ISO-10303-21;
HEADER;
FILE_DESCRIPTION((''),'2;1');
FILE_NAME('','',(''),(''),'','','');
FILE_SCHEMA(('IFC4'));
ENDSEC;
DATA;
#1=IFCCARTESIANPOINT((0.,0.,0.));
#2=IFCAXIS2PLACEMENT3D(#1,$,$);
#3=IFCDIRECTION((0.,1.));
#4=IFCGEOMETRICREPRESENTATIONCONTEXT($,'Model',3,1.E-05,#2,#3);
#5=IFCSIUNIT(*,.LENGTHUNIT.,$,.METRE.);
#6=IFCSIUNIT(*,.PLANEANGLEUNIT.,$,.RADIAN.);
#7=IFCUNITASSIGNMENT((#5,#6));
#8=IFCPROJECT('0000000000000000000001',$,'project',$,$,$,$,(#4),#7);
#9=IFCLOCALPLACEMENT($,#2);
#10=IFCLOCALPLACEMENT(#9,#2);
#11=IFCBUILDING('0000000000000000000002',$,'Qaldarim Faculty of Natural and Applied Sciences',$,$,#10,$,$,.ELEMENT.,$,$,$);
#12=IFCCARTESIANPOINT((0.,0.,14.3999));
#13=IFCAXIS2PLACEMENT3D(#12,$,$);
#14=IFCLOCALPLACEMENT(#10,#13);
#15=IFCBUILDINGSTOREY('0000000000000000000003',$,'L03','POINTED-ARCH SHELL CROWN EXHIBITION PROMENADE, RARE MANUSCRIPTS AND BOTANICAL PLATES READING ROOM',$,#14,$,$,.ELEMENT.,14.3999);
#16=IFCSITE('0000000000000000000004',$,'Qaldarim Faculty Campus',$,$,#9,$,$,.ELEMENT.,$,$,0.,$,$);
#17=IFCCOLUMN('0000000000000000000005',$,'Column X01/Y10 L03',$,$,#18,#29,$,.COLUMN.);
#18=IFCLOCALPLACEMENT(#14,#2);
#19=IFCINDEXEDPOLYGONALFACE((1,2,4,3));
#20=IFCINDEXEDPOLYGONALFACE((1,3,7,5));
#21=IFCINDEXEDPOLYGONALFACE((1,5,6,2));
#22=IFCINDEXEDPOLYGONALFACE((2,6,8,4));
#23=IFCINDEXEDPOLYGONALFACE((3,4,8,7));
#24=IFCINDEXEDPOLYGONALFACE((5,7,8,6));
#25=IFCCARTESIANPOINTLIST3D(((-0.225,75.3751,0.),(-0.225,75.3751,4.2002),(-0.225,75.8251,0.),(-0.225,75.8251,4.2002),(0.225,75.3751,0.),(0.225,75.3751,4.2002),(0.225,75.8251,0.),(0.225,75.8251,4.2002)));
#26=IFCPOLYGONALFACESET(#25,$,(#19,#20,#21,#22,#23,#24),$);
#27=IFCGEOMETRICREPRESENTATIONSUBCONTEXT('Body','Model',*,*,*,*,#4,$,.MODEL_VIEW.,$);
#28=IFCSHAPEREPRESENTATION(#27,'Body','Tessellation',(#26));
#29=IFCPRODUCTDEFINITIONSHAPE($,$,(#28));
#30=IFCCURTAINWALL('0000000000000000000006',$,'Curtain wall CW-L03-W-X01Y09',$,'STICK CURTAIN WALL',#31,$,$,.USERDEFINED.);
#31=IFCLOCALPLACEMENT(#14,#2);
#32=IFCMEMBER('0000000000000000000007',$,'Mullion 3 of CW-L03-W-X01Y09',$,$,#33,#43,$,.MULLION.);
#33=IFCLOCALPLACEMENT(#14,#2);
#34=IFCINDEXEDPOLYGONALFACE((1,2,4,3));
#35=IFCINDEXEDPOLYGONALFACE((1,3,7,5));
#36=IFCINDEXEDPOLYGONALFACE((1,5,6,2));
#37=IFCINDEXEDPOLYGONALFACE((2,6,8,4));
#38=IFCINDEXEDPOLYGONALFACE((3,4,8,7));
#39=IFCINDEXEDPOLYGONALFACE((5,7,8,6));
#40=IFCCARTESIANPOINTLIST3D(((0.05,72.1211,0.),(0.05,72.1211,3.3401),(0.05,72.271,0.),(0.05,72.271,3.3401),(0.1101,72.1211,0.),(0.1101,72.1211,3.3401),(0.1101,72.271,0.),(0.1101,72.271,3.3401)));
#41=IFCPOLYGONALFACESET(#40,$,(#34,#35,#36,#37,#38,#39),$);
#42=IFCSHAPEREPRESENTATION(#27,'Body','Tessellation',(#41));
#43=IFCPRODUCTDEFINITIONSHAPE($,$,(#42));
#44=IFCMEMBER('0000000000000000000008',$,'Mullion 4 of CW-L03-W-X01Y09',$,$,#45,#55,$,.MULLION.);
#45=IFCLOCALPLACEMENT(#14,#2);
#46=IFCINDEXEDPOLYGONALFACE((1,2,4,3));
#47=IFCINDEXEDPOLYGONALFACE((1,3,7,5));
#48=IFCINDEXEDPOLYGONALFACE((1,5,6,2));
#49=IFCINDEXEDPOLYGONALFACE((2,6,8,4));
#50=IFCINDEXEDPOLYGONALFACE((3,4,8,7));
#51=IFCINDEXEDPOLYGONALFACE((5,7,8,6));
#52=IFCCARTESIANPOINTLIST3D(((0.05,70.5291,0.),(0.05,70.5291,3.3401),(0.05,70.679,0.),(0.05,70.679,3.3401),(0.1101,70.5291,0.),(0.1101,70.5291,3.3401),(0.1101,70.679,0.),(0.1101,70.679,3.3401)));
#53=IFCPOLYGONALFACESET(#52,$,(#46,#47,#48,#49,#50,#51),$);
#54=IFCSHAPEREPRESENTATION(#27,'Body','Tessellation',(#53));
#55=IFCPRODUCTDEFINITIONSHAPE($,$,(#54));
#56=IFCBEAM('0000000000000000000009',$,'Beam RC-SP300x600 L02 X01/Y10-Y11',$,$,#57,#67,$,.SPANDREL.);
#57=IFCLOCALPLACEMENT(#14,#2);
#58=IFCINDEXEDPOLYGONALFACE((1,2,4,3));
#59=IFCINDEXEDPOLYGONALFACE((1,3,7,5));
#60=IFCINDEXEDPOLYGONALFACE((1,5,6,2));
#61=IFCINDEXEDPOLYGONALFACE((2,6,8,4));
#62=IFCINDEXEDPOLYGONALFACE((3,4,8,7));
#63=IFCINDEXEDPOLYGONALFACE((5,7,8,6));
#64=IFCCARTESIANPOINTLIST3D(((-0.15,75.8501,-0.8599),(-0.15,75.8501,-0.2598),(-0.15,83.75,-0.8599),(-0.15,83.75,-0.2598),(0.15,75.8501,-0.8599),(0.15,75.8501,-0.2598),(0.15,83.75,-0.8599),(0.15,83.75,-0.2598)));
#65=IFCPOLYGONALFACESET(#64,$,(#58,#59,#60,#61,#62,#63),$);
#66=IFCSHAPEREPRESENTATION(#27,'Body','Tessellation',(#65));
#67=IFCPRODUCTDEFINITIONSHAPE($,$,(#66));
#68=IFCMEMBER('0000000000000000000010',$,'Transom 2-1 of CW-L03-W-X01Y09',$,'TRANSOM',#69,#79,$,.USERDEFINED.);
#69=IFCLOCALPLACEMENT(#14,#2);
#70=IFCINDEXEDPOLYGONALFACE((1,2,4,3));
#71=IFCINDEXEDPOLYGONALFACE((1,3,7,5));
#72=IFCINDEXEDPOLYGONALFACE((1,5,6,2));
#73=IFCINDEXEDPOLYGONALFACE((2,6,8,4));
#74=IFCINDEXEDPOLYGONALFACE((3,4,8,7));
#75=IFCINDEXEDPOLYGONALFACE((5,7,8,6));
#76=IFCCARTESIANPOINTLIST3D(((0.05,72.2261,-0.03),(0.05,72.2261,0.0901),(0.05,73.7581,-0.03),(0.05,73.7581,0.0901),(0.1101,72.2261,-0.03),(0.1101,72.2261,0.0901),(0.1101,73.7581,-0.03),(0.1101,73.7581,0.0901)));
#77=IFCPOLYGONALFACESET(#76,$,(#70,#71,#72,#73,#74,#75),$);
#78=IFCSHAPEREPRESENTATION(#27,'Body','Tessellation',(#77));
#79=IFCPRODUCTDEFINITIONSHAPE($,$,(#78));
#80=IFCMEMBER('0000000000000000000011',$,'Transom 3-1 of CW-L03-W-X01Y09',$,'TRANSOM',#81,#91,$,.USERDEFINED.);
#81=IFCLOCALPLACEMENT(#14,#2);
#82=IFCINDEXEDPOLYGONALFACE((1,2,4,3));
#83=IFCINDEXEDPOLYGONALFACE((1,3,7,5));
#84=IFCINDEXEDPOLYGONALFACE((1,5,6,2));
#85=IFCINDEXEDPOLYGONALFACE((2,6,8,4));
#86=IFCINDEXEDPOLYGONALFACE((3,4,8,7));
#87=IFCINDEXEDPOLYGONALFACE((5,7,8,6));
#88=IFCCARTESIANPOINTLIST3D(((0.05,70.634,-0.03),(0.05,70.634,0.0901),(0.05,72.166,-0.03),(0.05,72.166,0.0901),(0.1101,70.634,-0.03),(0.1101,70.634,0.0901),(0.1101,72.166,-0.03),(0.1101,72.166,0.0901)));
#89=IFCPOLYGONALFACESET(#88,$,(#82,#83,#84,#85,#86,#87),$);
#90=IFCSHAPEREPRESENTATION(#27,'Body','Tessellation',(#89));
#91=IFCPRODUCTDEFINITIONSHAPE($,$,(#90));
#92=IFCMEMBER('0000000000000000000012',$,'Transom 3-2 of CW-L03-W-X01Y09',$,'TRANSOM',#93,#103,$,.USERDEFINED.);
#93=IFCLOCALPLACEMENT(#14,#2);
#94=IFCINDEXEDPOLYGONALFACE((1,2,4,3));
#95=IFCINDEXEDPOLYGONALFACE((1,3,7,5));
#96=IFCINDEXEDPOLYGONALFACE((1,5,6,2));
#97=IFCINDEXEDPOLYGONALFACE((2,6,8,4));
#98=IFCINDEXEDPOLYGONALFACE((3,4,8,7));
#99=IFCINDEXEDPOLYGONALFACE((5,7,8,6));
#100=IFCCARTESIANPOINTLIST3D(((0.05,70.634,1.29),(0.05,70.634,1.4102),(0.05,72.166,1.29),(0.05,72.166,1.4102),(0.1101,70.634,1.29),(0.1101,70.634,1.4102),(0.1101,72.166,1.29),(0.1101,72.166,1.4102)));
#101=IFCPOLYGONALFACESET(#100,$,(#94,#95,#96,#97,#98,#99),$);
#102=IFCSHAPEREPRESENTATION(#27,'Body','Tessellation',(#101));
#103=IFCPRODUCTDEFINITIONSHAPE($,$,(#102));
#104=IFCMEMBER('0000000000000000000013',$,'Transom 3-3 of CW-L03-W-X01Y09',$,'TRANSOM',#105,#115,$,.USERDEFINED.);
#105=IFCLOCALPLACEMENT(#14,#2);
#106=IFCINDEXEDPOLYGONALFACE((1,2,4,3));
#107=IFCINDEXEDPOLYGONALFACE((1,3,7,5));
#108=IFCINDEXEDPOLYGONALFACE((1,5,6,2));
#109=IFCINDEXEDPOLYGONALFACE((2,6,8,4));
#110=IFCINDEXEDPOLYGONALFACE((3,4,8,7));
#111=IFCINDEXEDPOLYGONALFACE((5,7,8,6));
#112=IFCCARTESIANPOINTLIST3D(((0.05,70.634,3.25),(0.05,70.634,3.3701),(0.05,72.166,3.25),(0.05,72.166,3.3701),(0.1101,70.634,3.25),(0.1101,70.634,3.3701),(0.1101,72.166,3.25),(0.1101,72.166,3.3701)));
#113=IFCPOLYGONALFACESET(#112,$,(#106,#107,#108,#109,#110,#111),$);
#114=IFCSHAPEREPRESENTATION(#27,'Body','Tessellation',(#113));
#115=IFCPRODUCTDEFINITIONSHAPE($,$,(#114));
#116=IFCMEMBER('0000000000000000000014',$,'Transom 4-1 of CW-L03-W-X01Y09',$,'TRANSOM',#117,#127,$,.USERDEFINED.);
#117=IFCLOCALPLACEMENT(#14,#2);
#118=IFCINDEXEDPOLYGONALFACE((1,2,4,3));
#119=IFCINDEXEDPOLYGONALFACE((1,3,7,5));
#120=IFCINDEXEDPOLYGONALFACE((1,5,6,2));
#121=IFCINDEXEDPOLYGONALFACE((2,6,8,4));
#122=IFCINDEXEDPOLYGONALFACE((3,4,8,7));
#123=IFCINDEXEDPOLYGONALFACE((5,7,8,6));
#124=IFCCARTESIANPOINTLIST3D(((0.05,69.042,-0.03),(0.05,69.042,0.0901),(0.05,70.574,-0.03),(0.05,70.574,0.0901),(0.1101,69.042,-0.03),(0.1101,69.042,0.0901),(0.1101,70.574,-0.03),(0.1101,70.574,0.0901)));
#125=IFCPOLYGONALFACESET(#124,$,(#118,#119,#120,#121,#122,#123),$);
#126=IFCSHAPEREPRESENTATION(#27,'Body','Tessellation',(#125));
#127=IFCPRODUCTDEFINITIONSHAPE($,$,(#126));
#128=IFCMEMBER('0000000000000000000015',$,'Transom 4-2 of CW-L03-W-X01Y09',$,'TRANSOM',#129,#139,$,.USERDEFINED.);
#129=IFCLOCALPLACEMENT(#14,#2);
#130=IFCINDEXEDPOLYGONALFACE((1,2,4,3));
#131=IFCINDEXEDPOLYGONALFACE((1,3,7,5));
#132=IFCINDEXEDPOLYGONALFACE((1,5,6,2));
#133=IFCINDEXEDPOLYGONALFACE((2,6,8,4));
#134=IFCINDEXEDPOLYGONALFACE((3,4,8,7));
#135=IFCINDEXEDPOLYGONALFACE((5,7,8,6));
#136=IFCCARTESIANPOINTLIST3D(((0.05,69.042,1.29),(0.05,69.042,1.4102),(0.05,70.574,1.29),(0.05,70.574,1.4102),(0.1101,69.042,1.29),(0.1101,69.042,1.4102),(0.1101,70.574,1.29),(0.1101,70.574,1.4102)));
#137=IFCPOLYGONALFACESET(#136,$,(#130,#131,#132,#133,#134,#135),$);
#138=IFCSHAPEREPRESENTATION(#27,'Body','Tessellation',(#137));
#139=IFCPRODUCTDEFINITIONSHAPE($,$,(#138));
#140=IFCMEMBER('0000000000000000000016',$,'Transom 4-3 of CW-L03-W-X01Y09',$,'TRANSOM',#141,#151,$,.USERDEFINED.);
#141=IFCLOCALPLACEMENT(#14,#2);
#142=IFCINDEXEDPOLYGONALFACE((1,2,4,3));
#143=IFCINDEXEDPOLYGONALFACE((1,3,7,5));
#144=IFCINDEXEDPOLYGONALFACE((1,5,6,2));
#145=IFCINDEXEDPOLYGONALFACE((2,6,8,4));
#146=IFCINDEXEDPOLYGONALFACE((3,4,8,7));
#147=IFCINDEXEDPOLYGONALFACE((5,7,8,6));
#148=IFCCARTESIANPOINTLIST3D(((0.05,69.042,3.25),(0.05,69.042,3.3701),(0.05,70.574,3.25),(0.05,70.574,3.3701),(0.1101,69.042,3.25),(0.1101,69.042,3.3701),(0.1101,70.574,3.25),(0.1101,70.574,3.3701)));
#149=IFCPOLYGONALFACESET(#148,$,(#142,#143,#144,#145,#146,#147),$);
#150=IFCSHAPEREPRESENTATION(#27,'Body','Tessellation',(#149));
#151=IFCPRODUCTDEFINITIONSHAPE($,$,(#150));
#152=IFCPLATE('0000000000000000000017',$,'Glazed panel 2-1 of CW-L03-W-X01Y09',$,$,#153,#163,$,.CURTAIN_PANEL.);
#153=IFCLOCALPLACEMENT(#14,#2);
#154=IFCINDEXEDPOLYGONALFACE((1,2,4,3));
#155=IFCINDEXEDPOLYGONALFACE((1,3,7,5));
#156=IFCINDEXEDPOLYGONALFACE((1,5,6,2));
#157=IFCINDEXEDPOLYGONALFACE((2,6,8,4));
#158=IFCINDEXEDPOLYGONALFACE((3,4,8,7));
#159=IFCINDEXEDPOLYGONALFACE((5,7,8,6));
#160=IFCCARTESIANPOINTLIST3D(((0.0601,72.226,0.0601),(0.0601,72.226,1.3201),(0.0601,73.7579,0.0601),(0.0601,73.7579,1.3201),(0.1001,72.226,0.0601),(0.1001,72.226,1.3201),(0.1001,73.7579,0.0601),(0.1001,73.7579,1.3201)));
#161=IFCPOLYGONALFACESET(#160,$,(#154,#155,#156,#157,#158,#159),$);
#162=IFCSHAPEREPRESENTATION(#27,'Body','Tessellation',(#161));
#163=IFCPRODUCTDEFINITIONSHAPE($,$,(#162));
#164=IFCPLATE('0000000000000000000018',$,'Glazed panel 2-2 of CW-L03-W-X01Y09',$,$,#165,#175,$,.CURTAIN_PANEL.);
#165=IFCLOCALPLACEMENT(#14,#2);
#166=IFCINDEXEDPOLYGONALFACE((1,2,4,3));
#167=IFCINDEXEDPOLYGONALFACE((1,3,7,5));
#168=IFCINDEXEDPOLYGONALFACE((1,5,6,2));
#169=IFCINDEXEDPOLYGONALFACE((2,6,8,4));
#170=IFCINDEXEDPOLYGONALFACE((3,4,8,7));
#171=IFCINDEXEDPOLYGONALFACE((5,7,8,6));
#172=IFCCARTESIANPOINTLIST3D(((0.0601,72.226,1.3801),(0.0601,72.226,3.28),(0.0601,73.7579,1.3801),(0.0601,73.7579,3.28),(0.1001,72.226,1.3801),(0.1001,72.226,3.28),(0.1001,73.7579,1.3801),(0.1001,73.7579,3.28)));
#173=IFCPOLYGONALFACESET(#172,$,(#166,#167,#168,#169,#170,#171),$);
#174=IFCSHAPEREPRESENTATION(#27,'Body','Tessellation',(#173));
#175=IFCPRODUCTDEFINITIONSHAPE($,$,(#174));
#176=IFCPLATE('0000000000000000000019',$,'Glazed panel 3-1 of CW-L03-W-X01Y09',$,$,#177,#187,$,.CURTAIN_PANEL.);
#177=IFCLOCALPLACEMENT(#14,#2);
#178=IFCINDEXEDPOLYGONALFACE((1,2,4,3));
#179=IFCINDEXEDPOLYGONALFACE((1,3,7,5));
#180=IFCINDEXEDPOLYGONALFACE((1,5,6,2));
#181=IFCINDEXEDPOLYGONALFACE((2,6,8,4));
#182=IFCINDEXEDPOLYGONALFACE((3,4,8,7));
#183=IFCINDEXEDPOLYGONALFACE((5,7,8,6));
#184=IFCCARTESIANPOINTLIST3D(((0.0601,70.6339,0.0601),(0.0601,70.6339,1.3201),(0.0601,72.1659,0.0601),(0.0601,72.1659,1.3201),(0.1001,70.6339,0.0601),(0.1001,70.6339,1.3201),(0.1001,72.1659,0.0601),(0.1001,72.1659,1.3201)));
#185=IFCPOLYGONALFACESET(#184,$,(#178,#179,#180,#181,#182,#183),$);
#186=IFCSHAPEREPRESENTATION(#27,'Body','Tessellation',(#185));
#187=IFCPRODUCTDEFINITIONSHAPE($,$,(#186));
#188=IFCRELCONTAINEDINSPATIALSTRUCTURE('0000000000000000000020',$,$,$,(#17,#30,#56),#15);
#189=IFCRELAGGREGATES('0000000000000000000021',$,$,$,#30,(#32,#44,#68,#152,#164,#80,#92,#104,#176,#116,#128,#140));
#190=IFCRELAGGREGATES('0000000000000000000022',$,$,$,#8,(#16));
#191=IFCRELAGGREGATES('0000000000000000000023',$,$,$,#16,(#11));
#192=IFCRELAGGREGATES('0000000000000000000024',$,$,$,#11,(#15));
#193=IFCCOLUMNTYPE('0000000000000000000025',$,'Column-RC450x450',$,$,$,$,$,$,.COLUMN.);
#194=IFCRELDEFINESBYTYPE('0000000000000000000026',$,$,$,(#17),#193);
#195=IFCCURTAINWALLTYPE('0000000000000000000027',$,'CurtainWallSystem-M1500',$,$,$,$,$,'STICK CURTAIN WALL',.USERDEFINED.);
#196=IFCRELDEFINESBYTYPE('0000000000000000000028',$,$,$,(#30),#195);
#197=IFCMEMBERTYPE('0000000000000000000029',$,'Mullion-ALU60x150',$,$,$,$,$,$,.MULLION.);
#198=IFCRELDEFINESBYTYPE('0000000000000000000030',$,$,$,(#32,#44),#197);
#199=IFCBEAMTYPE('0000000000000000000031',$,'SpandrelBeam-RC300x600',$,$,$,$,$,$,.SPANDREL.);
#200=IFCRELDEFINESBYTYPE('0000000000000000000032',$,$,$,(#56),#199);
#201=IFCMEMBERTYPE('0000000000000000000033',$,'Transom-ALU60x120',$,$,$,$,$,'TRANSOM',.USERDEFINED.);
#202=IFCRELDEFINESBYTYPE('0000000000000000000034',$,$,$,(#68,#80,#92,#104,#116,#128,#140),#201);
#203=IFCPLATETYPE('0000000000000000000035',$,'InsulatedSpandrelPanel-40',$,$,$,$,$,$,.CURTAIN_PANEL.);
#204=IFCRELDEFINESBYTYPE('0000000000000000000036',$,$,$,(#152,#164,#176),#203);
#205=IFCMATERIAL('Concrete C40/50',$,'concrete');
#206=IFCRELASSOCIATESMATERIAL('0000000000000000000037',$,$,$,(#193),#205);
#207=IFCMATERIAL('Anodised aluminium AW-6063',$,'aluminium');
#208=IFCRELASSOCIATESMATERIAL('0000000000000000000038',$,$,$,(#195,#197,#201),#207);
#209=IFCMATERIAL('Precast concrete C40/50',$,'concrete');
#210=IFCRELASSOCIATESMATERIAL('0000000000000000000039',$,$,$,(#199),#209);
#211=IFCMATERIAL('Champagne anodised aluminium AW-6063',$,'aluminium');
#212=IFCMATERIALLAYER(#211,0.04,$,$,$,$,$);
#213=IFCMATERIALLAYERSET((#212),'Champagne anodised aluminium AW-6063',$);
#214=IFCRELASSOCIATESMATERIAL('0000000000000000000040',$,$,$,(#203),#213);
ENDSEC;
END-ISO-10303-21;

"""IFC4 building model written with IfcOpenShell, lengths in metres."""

from ifc_helpers import new_model, si_unit, direction, frame, origin, origin_2d, place, context, subcontext, project, spatial, rectangle, extrude, material, layer, layer_set, material_profile, profile_set, type_object, element, aggregate, save


model = new_model("IFC4")

# Units and contexts
model_context = context("Model", 3, precision=1e-05, world=origin(), true_north=direction((0.0, 1.0)))
body_context = subcontext(model_context, "Body", "Model", "MODEL_VIEW")
ifc_project = project(units=[si_unit("LENGTHUNIT", "METRE"), si_unit("PLANEANGLEUNIT", "RADIAN")], contexts=[model_context])

# Site, building, storey
site_placement = place(None, origin())
site = spatial("IfcSite", under=ifc_project, at=site_placement, Name="Qaldarim Faculty Campus", CompositionType="ELEMENT", RefElevation=0.0)
building_placement = place(site_placement, origin())
building = spatial("IfcBuilding", under=site, at=building_placement, Name="Qaldarim Faculty of Natural and Applied Sciences", CompositionType="ELEMENT")
storey_placement = place(building_placement, frame((0.0, 0.0, 14.3999)))
storey = spatial("IfcBuildingStorey", under=building, at=storey_placement, Name="L03", Description="POINTED-ARCH SHELL CROWN EXHIBITION PROMENADE, RARE MANUSCRIPTS AND BOTANICAL PLATES READING ROOM", CompositionType="ELEMENT", Elevation=14.3999)

# Column
ifc_material_1 = material(Name="Concrete C40/50", Category="concrete")
ifc_material_profile_1 = material_profile(ifc_material_1, rectangle(XDim=0.45, YDim=0.45, at=origin_2d()), Name="RC-C450x450")
ifc_profile_set_1 = profile_set([ifc_material_profile_1], Name="Concrete C40/50")
column_type = type_object("IfcColumnType", Name="Column-RC450x450", PredefinedType="COLUMN", material=ifc_profile_set_1)
column_placement = place(storey_placement, frame((0.0, 75.6001, 0.0), z_axis=(0.0, 0.0, 1.0), x_axis=(1.0, 0.0, 0.0)))
element("IfcColumn", 1, at=column_placement, inside=storey, type_object=column_type, Name="Column X01/Y10 L03", PredefinedType="COLUMN", context=body_context, shape_type="SweptSolid", body=[
    extrude(rectangle(XDim=0.45, YDim=0.45, at=origin_2d()), origin(), (0.0, 0.0, 1.0), 4.2002),
])

# Curtain wall, members
ifc_material_2 = material(Name="Anodised aluminium AW-6063", Category="aluminium")
curtain_wall_type = type_object("IfcCurtainWallType", Name="CurtainWallSystem-M1500", ElementType="STICK CURTAIN WALL", PredefinedType="USERDEFINED", material=ifc_material_2)
curtain_wall_placement = place(storey_placement, origin())
curtain_wall = element("IfcCurtainWall", 2, at=curtain_wall_placement, inside=storey, type_object=curtain_wall_type, Name="Curtain wall CW-L03-W-X01Y09", ObjectType="STICK CURTAIN WALL", PredefinedType="USERDEFINED")
ifc_material_profile_2 = material_profile(ifc_material_2, rectangle(XDim=0.0601, YDim=0.1499, at=origin_2d()), Name="ALU-M60x150")
ifc_profile_set_2 = profile_set([ifc_material_profile_2], Name="Anodised aluminium AW-6063")
member_type_1 = type_object("IfcMemberType", Name="Mullion-ALU60x150", PredefinedType="MULLION", material=ifc_profile_set_2)
member_1_placement = place(storey_placement, frame((0.0801, 72.196, 0.0), z_axis=(0.0, 0.0, 1.0), x_axis=(1.0, 0.0, 0.0)))
member_1 = element("IfcMember", 3, at=member_1_placement, type_object=member_type_1, Name="Mullion 3 of CW-L03-W-X01Y09", PredefinedType="MULLION", context=body_context, shape_type="SweptSolid", body=[
    extrude(rectangle(XDim=0.0601, YDim=0.1499, at=origin_2d()), origin(), (0.0, 0.0, 1.0), 3.3401),
])
member_2_placement = place(storey_placement, frame((0.0801, 70.604, 0.0), z_axis=(0.0, 0.0, 1.0), x_axis=(1.0, 0.0, 0.0)))
member_2 = element("IfcMember", 4, at=member_2_placement, type_object=member_type_1, Name="Mullion 4 of CW-L03-W-X01Y09", PredefinedType="MULLION", context=body_context, shape_type="SweptSolid", body=[
    extrude(rectangle(XDim=0.0601, YDim=0.1499, at=origin_2d()), origin(), (0.0, 0.0, 1.0), 3.3401),
])

# Beam
ifc_material_3 = material(Name="Precast concrete C40/50", Category="concrete")
ifc_material_profile_3 = material_profile(ifc_material_3, rectangle(XDim=0.3, YDim=0.6001, at=origin_2d()), Name="RC-SP300x600")
ifc_profile_set_3 = profile_set([ifc_material_profile_3], Name="Precast concrete C40/50")
beam_type = type_object("IfcBeamType", Name="SpandrelBeam-RC300x600", PredefinedType="SPANDREL", material=ifc_profile_set_3)
beam_placement = place(storey_placement, frame((0.0, 75.8501, -0.5598), z_axis=(0.0, 1.0, 0.0), x_axis=(-1.0, 0.0, 0.0)))
element("IfcBeam", 5, at=beam_placement, inside=storey, type_object=beam_type, Name="Beam RC-SP300x600 L02 X01/Y10-Y11", PredefinedType="SPANDREL", context=body_context, shape_type="SweptSolid", body=[
    extrude(rectangle(XDim=0.3, YDim=0.6001, at=origin_2d()), origin(), (0.0, 0.0, 1.0), 7.8999),
])

# Members
ifc_material_profile_4 = material_profile(ifc_material_2, rectangle(XDim=0.0601, YDim=0.1201, at=origin_2d()), Name="ALU-T60x120")
ifc_profile_set_4 = profile_set([ifc_material_profile_4], Name="Anodised aluminium AW-6063")
member_type_2 = type_object("IfcMemberType", Name="Transom-ALU60x120", ElementType="TRANSOM", PredefinedType="USERDEFINED", material=ifc_profile_set_4)
member_3_placement = place(storey_placement, frame((0.0801, 73.7581, 0.03), z_axis=(0.0, -1.0, 0.0), x_axis=(1.0, 0.0, 0.0)))
member_3 = element("IfcMember", 6, at=member_3_placement, type_object=member_type_2, Name="Transom 2-1 of CW-L03-W-X01Y09", ObjectType="TRANSOM", PredefinedType="USERDEFINED", context=body_context, shape_type="SweptSolid", body=[
    extrude(rectangle(XDim=0.0601, YDim=0.1201, at=origin_2d()), origin(), (0.0, 0.0, 1.0), 1.532),
])
member_4_placement = place(storey_placement, frame((0.0801, 72.166, 0.03), z_axis=(0.0, -1.0, 0.0), x_axis=(1.0, 0.0, 0.0)))
member_4 = element("IfcMember", 7, at=member_4_placement, type_object=member_type_2, Name="Transom 3-1 of CW-L03-W-X01Y09", ObjectType="TRANSOM", PredefinedType="USERDEFINED", context=body_context, shape_type="SweptSolid", body=[
    extrude(rectangle(XDim=0.0601, YDim=0.1201, at=origin_2d()), origin(), (0.0, 0.0, 1.0), 1.532),
])
member_5_placement = place(storey_placement, frame((0.0801, 72.166, 1.3501), z_axis=(0.0, -1.0, 0.0), x_axis=(1.0, 0.0, 0.0)))
member_5 = element("IfcMember", 8, at=member_5_placement, type_object=member_type_2, Name="Transom 3-2 of CW-L03-W-X01Y09", ObjectType="TRANSOM", PredefinedType="USERDEFINED", context=body_context, shape_type="SweptSolid", body=[
    extrude(rectangle(XDim=0.0601, YDim=0.1201, at=origin_2d()), origin(), (0.0, 0.0, 1.0), 1.532),
])
member_6_placement = place(storey_placement, frame((0.0801, 72.166, 3.3101), z_axis=(0.0, -1.0, 0.0), x_axis=(1.0, 0.0, 0.0)))
member_6 = element("IfcMember", 9, at=member_6_placement, type_object=member_type_2, Name="Transom 3-3 of CW-L03-W-X01Y09", ObjectType="TRANSOM", PredefinedType="USERDEFINED", context=body_context, shape_type="SweptSolid", body=[
    extrude(rectangle(XDim=0.0601, YDim=0.1201, at=origin_2d()), origin(), (0.0, 0.0, 1.0), 1.532),
])
member_7_placement = place(storey_placement, frame((0.0801, 70.574, 0.03), z_axis=(0.0, -1.0, 0.0), x_axis=(1.0, 0.0, 0.0)))
member_7 = element("IfcMember", 10, at=member_7_placement, type_object=member_type_2, Name="Transom 4-1 of CW-L03-W-X01Y09", ObjectType="TRANSOM", PredefinedType="USERDEFINED", context=body_context, shape_type="SweptSolid", body=[
    extrude(rectangle(XDim=0.0601, YDim=0.1201, at=origin_2d()), origin(), (0.0, 0.0, 1.0), 1.532),
])
member_8_placement = place(storey_placement, frame((0.0801, 70.574, 1.3501), z_axis=(0.0, -1.0, 0.0), x_axis=(1.0, 0.0, 0.0)))
member_8 = element("IfcMember", 11, at=member_8_placement, type_object=member_type_2, Name="Transom 4-2 of CW-L03-W-X01Y09", ObjectType="TRANSOM", PredefinedType="USERDEFINED", context=body_context, shape_type="SweptSolid", body=[
    extrude(rectangle(XDim=0.0601, YDim=0.1201, at=origin_2d()), origin(), (0.0, 0.0, 1.0), 1.532),
])
member_9_placement = place(storey_placement, frame((0.0801, 70.574, 3.3101), z_axis=(0.0, -1.0, 0.0), x_axis=(1.0, 0.0, 0.0)))
member_9 = element("IfcMember", 12, at=member_9_placement, type_object=member_type_2, Name="Transom 4-3 of CW-L03-W-X01Y09", ObjectType="TRANSOM", PredefinedType="USERDEFINED", context=body_context, shape_type="SweptSolid", body=[
    extrude(rectangle(XDim=0.0601, YDim=0.1201, at=origin_2d()), origin(), (0.0, 0.0, 1.0), 1.532),
])

# Plates
ifc_material_4 = material(Name="Champagne anodised aluminium AW-6063", Category="aluminium")
ifc_layer_1 = layer(ifc_material_4, 0.04)
ifc_layer_set_1 = layer_set([ifc_layer_1], Name="Champagne anodised aluminium AW-6063")
plate_type = type_object("IfcPlateType", Name="InsulatedSpandrelPanel-40", PredefinedType="CURTAIN_PANEL", material=ifc_layer_set_1)
plate_1_placement = place(storey_placement, frame((0.0801, 72.9919, 0.0601), z_axis=(0.0, 0.0, 1.0), x_axis=(0.0, -1.0, 0.0)))
plate_1 = element("IfcPlate", 13, at=plate_1_placement, type_object=plate_type, Name="Glazed panel 2-1 of CW-L03-W-X01Y09", PredefinedType="CURTAIN_PANEL", context=body_context, shape_type="SweptSolid", body=[
    extrude(rectangle(XDim=1.532, YDim=0.04, at=origin_2d()), origin(), (0.0, 0.0, 1.0), 1.26),
])
plate_2_placement = place(storey_placement, frame((0.0801, 72.9919, 1.3801), z_axis=(0.0, 0.0, 1.0), x_axis=(0.0, -1.0, 0.0)))
plate_2 = element("IfcPlate", 14, at=plate_2_placement, type_object=plate_type, Name="Glazed panel 2-2 of CW-L03-W-X01Y09", PredefinedType="CURTAIN_PANEL", context=body_context, shape_type="SweptSolid", body=[
    extrude(rectangle(XDim=1.532, YDim=0.04, at=origin_2d()), origin(), (0.0, 0.0, 1.0), 1.8999),
])
plate_3_placement = place(storey_placement, frame((0.0801, 71.3999, 0.0601), z_axis=(0.0, 0.0, 1.0), x_axis=(0.0, -1.0, 0.0)))
plate_3 = element("IfcPlate", 15, at=plate_3_placement, type_object=plate_type, Name="Glazed panel 3-1 of CW-L03-W-X01Y09", PredefinedType="CURTAIN_PANEL", context=body_context, shape_type="SweptSolid", body=[
    extrude(rectangle(XDim=1.532, YDim=0.04, at=origin_2d()), origin(), (0.0, 0.0, 1.0), 1.26),
])
aggregate(curtain_wall, [member_1, member_2, member_3, plate_1, plate_2, member_4, member_5, member_6, plate_3, member_7, member_8, member_9])

save(model, "model.ifc")
